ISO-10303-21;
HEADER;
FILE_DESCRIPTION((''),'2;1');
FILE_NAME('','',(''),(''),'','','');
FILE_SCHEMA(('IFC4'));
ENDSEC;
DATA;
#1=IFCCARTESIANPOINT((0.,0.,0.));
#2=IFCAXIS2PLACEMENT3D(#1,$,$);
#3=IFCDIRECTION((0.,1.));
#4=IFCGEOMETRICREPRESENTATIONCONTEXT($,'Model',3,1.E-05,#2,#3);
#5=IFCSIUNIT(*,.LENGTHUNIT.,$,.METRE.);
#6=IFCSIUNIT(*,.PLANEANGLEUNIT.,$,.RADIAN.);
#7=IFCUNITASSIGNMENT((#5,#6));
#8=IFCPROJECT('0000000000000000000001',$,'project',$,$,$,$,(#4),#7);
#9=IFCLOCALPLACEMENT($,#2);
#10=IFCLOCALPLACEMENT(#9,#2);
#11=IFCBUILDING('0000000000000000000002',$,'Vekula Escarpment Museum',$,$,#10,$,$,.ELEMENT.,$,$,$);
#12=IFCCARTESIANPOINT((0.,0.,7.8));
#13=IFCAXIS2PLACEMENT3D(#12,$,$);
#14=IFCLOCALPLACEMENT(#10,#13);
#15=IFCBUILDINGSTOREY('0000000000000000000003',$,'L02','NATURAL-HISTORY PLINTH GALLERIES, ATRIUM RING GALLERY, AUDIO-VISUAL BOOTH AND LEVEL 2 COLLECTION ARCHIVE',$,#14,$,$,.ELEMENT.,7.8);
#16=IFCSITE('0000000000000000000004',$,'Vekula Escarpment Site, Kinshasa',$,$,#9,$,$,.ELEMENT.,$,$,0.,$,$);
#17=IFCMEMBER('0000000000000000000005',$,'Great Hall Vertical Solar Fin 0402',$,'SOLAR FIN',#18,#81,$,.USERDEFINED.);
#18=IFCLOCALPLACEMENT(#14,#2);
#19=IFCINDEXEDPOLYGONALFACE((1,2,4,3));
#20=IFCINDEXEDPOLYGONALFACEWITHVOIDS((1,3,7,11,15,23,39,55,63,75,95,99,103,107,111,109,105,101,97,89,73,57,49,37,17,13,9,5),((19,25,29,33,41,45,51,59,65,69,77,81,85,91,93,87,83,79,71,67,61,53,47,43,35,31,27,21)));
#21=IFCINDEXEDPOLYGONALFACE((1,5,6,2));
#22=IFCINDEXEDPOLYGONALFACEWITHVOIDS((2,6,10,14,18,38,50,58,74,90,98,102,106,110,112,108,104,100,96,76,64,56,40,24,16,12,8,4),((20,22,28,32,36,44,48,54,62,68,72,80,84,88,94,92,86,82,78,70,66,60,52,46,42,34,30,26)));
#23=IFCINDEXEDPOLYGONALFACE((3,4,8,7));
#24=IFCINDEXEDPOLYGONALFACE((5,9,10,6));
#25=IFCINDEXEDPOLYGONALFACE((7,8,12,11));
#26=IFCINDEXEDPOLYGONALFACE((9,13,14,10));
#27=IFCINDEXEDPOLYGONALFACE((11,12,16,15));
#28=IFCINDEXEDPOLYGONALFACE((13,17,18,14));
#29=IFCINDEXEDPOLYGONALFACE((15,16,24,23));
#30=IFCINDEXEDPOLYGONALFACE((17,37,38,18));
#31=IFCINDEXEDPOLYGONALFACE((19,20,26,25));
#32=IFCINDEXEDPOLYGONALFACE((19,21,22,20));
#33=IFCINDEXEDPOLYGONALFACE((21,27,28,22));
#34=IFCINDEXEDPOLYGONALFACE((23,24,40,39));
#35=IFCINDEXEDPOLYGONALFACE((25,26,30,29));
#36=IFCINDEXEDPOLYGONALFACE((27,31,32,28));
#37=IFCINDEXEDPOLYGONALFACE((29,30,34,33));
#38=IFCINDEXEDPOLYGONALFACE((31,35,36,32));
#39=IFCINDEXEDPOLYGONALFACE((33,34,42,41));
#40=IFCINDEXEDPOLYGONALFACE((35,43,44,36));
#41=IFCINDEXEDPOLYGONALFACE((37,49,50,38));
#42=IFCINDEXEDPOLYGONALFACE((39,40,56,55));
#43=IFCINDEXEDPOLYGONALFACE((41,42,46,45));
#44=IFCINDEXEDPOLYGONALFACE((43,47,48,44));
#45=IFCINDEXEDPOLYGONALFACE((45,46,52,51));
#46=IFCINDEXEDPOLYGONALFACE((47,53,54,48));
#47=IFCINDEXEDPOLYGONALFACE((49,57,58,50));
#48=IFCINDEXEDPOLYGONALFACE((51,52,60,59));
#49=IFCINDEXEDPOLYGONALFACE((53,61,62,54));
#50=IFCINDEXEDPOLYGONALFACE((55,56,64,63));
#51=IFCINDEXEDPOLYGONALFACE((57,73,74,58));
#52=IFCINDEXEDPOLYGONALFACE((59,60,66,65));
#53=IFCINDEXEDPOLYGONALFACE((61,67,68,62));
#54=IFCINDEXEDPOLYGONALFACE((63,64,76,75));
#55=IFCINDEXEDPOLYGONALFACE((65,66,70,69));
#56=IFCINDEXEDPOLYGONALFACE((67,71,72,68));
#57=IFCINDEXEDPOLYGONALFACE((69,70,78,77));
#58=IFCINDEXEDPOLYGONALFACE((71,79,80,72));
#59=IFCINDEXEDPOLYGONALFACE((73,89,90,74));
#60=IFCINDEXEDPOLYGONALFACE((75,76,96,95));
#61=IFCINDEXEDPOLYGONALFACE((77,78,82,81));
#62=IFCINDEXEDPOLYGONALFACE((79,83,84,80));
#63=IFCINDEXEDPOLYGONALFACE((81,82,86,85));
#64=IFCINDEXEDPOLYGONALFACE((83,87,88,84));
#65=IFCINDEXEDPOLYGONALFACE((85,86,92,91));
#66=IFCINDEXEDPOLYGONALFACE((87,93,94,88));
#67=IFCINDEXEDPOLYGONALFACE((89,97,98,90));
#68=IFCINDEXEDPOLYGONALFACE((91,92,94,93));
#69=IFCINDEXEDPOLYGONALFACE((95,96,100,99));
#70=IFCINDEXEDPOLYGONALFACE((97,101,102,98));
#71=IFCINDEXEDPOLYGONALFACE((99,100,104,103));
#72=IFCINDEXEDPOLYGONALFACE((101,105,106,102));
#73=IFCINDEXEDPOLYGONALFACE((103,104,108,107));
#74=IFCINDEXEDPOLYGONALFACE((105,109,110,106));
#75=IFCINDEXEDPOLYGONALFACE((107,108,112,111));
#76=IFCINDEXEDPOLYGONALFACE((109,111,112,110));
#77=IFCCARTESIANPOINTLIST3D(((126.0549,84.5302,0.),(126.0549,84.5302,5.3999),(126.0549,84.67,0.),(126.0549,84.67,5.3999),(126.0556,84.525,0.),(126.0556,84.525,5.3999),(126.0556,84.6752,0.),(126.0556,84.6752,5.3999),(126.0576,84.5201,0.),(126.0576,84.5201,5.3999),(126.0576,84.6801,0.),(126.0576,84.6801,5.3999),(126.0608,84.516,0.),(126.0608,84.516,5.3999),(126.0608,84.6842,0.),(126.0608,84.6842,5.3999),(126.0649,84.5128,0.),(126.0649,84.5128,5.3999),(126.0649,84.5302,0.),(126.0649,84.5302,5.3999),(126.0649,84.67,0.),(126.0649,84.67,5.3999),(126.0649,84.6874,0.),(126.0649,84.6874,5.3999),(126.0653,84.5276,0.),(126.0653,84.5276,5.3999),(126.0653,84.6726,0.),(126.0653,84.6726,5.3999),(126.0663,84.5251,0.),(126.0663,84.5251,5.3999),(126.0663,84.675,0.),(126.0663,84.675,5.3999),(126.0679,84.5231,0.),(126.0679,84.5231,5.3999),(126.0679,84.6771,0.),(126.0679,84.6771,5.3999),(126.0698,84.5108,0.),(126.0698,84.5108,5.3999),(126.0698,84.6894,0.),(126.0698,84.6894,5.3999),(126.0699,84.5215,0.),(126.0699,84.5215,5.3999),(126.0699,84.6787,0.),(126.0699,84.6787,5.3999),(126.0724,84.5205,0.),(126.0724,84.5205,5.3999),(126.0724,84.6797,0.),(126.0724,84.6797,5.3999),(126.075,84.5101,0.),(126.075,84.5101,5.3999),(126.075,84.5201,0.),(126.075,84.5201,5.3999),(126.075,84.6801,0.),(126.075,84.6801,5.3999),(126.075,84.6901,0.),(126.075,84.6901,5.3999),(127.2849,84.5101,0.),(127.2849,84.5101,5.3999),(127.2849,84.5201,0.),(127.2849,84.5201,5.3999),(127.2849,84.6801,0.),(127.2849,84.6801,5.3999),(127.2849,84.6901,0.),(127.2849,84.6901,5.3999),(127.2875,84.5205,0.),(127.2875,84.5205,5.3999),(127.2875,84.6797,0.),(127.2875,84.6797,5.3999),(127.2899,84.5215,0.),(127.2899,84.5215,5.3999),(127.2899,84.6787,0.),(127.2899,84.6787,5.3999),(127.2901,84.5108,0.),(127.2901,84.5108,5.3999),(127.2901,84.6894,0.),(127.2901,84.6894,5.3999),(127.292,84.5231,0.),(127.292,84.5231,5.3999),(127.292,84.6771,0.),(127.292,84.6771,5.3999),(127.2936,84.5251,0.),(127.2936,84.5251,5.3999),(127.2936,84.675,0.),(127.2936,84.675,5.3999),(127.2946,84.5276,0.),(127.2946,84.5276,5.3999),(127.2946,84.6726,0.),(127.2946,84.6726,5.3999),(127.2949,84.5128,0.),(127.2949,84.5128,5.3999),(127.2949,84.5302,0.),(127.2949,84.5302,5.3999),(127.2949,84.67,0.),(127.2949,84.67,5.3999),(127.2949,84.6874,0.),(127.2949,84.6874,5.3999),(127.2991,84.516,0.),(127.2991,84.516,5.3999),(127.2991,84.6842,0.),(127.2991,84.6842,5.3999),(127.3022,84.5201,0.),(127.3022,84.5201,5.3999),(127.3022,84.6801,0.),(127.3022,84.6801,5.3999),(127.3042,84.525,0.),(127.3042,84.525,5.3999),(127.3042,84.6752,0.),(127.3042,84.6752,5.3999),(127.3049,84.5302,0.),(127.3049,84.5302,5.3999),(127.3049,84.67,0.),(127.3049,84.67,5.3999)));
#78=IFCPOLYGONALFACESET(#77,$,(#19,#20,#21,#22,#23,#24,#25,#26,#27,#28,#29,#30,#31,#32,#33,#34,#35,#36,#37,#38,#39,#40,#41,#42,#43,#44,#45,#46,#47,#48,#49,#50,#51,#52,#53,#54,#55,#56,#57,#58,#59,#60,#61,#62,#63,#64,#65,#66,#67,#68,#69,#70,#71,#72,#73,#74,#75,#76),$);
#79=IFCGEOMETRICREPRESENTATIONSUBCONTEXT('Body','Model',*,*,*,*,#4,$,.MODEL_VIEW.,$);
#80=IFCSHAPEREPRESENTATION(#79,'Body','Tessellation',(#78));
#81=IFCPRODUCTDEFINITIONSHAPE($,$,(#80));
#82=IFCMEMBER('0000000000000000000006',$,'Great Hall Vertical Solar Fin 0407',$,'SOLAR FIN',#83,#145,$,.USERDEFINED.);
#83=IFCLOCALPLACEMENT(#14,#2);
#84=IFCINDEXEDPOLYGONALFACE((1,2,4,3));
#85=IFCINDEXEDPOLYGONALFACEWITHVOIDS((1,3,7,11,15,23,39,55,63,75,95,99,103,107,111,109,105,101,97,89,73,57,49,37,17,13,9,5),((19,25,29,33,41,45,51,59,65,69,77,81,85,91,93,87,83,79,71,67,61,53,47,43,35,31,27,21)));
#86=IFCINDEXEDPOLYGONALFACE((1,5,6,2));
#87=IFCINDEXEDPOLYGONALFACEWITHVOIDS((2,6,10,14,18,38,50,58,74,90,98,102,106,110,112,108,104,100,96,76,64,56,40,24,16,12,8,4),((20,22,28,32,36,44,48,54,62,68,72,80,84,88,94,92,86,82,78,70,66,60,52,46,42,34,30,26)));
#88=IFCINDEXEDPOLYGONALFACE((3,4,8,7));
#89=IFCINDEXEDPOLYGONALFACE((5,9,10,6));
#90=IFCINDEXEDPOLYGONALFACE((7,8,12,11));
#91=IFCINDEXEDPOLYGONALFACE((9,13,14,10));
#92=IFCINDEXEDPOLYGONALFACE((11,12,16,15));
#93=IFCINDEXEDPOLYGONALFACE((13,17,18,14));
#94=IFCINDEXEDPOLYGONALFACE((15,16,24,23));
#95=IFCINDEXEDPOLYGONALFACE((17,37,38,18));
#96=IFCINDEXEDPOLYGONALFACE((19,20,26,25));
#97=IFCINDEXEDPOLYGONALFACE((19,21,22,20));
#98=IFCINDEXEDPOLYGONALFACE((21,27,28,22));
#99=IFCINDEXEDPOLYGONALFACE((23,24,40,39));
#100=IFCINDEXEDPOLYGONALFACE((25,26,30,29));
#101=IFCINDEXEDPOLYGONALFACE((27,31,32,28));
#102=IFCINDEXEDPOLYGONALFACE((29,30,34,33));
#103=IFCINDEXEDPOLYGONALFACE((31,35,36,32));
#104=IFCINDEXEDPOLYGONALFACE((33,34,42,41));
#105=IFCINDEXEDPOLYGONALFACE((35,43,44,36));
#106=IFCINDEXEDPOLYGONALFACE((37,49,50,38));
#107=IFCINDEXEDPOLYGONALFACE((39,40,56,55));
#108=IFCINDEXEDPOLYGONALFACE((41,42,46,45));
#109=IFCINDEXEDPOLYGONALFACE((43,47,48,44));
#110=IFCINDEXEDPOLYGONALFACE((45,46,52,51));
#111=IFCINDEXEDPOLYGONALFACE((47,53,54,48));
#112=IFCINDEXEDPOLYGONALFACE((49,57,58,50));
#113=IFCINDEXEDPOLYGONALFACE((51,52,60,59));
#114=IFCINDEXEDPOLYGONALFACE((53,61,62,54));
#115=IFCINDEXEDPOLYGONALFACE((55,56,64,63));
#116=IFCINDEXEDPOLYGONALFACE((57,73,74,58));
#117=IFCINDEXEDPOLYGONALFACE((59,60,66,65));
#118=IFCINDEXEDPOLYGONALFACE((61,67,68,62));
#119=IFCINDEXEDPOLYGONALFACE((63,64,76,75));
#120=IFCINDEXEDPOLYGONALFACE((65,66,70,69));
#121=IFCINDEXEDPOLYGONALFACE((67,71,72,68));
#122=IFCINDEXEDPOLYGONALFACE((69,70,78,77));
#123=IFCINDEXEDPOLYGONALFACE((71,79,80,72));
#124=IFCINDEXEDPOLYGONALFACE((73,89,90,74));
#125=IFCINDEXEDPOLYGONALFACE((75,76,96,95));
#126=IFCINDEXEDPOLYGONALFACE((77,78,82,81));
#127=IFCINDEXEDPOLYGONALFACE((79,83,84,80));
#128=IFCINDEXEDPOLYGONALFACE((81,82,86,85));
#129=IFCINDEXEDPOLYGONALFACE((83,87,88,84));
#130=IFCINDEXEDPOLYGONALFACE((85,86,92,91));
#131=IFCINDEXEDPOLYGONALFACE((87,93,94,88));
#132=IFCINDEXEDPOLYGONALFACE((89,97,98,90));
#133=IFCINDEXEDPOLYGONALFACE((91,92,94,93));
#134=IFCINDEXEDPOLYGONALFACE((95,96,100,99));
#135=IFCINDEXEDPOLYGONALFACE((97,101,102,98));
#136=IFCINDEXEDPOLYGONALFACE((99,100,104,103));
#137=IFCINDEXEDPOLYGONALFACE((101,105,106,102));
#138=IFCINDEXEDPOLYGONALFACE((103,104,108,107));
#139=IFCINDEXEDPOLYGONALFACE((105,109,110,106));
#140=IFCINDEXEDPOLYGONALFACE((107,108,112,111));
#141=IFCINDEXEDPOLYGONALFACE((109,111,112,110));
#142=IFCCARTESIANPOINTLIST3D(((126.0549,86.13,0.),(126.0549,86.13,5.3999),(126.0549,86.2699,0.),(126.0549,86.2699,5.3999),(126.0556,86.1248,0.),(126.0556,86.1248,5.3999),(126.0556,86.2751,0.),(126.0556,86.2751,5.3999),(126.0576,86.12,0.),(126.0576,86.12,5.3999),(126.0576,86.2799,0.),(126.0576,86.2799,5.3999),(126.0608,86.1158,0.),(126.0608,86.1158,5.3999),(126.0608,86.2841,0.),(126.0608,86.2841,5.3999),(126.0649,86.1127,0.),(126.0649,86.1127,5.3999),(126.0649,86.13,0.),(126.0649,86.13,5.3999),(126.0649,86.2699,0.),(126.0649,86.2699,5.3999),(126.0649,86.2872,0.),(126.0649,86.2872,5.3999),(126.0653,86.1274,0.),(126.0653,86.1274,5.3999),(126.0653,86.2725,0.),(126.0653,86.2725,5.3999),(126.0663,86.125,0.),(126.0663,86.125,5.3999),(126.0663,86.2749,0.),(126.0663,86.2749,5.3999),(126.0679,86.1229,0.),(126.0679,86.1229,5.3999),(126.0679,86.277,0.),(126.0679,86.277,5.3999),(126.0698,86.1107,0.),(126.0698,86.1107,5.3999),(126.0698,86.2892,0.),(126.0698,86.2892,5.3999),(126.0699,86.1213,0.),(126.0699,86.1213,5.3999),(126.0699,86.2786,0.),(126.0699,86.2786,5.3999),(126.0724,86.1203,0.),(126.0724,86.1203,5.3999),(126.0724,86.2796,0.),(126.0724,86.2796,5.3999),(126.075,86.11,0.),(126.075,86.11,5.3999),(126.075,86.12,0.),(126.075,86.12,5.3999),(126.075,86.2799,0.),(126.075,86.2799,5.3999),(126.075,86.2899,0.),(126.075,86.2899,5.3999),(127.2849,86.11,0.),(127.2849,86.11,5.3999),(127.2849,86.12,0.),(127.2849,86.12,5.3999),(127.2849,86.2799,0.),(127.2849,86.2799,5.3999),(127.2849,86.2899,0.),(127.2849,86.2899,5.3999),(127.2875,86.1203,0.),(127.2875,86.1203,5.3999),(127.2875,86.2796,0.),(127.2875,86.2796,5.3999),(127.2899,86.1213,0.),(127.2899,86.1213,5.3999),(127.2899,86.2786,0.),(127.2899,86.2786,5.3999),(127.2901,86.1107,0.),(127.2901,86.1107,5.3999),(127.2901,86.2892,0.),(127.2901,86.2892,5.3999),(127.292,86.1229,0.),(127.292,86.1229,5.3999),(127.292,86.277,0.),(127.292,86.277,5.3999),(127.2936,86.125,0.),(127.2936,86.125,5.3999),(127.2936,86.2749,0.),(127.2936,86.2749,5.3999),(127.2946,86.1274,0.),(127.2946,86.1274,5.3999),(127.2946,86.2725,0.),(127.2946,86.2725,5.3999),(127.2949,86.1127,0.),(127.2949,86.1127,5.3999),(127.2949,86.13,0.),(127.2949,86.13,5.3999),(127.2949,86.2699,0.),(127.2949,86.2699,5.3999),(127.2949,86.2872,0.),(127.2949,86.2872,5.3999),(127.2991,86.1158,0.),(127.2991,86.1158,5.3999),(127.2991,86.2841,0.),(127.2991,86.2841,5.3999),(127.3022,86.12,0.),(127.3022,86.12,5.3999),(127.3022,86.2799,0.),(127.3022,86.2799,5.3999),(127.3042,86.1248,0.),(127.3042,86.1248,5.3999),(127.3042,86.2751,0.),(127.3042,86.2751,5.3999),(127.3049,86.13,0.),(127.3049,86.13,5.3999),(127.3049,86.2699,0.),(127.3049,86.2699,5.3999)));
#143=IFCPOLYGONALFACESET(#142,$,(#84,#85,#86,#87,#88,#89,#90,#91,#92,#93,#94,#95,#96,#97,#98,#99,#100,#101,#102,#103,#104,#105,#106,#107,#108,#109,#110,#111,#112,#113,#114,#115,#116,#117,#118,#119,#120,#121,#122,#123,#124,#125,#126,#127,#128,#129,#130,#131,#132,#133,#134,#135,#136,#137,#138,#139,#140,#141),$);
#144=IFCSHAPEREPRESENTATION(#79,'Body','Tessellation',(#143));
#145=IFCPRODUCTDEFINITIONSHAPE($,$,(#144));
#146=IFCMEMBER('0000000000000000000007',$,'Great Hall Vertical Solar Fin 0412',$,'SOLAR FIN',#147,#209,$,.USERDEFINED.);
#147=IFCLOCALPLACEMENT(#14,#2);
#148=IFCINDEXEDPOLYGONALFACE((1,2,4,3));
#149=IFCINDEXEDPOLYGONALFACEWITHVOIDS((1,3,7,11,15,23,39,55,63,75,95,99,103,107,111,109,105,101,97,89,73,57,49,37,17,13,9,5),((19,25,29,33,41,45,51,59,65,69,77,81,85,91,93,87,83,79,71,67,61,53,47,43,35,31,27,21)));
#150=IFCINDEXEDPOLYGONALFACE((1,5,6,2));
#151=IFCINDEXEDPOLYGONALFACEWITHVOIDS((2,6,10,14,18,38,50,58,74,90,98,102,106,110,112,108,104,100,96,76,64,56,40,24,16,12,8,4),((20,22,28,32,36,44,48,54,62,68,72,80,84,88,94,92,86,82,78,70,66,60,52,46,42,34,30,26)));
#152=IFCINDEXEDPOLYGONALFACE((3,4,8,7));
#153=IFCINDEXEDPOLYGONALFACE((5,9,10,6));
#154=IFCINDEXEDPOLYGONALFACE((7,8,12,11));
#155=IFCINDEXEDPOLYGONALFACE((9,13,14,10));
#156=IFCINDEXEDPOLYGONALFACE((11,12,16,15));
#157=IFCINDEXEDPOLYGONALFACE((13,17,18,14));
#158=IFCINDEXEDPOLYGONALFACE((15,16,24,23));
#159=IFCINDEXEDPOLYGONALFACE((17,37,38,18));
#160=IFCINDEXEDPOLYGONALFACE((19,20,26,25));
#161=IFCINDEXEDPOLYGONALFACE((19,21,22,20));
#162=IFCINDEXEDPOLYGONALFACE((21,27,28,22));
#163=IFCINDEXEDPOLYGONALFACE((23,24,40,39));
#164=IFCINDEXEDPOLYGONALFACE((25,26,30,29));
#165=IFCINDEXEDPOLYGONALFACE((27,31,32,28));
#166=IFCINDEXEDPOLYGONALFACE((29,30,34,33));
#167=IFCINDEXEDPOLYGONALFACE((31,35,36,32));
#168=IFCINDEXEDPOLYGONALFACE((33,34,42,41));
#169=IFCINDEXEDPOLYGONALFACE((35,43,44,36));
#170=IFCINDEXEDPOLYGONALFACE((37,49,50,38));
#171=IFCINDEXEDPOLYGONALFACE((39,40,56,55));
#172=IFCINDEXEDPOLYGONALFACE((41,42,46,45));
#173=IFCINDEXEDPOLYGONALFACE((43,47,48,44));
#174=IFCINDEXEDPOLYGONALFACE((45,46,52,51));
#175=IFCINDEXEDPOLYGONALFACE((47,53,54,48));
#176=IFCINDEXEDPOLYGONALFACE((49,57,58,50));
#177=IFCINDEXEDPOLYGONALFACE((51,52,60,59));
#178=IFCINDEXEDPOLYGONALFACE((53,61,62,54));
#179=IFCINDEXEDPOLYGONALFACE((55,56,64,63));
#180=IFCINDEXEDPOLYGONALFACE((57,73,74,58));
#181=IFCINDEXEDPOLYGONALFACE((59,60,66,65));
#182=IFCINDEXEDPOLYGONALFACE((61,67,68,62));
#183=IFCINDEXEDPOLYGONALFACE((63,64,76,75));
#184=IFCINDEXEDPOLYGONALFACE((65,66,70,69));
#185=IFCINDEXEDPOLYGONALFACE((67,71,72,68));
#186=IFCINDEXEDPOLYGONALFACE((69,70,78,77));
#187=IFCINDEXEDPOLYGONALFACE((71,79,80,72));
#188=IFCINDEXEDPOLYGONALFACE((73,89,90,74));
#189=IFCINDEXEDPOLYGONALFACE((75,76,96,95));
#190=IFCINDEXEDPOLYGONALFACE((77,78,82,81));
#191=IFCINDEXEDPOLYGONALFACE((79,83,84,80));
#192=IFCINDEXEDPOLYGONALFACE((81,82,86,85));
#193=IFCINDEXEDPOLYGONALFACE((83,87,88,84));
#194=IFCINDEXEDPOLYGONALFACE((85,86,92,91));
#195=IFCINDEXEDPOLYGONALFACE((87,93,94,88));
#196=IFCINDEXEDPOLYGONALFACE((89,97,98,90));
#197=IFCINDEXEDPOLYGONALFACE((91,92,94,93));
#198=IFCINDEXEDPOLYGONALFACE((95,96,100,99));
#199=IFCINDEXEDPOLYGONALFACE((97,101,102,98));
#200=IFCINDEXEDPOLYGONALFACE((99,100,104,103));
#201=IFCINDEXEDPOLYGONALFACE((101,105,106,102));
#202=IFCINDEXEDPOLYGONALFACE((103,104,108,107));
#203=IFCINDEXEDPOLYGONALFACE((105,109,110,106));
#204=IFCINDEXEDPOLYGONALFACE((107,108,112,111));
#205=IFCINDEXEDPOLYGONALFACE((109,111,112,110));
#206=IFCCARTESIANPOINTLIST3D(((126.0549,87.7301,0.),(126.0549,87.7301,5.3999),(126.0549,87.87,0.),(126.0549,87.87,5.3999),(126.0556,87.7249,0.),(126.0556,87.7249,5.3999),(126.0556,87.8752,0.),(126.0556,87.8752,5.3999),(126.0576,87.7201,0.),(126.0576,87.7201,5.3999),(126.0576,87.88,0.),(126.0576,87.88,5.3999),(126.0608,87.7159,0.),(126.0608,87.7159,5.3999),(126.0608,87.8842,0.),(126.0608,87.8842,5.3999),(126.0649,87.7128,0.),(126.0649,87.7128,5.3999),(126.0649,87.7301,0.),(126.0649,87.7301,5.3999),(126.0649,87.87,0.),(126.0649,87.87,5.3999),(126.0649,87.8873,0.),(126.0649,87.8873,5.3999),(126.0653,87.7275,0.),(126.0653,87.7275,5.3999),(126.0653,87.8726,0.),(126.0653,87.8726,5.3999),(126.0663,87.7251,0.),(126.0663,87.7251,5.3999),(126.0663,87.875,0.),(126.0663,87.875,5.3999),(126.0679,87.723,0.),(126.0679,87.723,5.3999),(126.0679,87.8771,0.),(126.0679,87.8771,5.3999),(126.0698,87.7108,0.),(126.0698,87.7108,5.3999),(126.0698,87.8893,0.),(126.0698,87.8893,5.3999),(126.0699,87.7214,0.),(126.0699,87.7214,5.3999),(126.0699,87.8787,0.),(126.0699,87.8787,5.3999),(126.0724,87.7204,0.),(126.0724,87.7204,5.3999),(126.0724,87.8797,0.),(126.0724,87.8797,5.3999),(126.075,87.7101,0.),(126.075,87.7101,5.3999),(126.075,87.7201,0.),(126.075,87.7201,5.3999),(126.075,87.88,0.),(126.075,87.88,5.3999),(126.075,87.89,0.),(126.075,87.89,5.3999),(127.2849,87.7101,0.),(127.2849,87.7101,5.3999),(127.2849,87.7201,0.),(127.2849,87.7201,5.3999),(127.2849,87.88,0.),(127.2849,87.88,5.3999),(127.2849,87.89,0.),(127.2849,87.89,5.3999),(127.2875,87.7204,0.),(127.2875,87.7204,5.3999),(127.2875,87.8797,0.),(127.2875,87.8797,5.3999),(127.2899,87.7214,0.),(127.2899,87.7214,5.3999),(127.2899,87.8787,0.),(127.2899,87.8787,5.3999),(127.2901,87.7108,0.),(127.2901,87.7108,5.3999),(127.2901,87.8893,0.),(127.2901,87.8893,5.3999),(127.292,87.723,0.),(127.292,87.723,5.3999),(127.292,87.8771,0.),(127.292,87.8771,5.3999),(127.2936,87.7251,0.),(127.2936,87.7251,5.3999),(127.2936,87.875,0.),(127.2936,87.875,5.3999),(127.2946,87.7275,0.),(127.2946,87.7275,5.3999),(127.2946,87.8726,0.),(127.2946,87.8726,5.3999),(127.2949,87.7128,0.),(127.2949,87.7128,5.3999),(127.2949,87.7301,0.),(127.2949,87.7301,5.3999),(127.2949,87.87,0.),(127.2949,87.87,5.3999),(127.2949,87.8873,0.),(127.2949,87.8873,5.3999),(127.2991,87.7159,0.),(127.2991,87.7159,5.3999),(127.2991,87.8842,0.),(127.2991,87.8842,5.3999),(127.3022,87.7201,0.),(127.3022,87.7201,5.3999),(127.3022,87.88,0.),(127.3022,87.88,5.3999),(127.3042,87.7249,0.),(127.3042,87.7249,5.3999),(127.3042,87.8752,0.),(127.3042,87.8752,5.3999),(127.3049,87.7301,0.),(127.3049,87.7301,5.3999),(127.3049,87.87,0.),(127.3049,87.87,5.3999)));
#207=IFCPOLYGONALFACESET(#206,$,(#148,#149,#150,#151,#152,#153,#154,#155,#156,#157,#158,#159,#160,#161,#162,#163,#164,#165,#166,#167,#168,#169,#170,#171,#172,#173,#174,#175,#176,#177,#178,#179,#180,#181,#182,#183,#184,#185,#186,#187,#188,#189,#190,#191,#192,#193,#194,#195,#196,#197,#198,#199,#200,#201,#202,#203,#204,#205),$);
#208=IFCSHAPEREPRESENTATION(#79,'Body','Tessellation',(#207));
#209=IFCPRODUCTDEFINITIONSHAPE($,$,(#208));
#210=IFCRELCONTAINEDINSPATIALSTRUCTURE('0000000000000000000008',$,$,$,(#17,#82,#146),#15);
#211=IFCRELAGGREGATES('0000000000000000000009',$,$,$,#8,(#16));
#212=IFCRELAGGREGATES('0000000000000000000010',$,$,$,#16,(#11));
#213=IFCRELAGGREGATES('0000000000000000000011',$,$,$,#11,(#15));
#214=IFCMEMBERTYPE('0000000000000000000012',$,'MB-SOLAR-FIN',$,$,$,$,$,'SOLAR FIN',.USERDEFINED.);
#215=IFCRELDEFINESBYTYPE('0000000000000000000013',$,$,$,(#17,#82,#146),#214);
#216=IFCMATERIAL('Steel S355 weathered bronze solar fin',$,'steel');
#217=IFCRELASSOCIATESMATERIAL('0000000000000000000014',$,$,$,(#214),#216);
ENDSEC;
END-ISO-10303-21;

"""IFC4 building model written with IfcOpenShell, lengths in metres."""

from ifc_helpers import new_model, si_unit, direction, frame, origin, origin_2d, place, context, subcontext, project, spatial, hollow_rectangle, extrude, material, material_profile, profile_set, type_object, element, save


model = new_model("IFC4")

# Units and contexts
model_context = context("Model", 3, precision=1e-05, world=origin(), true_north=direction((0.0, 1.0)))
body_context = subcontext(model_context, "Body", "Model", "MODEL_VIEW")
ifc_project = project(units=[si_unit("LENGTHUNIT", "METRE"), si_unit("PLANEANGLEUNIT", "RADIAN")], contexts=[model_context])

# Site, building, storey
site_placement = place(None, origin())
site = spatial("IfcSite", under=ifc_project, at=site_placement, Name="Vekula Escarpment Site, Kinshasa", CompositionType="ELEMENT", RefElevation=0.0)
building_placement = place(site_placement, origin())
building = spatial("IfcBuilding", under=site, at=building_placement, Name="Vekula Escarpment Museum", CompositionType="ELEMENT")
storey_placement = place(building_placement, frame((0.0, 0.0, 7.8)))
storey = spatial("IfcBuildingStorey", under=building, at=storey_placement, Name="L02", Description="NATURAL-HISTORY PLINTH GALLERIES, ATRIUM RING GALLERY, AUDIO-VISUAL BOOTH AND LEVEL 2 COLLECTION ARCHIVE", CompositionType="ELEMENT", Elevation=7.8)

# Members
ifc_material_1 = material(Name="Steel S355 weathered bronze solar fin", Category="steel")
ifc_material_profile_1 = material_profile(ifc_material_1, hollow_rectangle(XDim=0.1799, YDim=1.25, WallThickness=0.01, InnerFilletRadius=0.01, OuterFilletRadius=0.02, at=origin_2d()), Name="RHS 1250x180x10")
ifc_profile_set_1 = profile_set([ifc_material_profile_1], Name="Steel S355 weathered bronze solar fin")
member_type_1 = type_object("IfcMemberType", Name="MB-SOLAR-FIN", ElementType="SOLAR FIN", PredefinedType="USERDEFINED", material=ifc_profile_set_1)
for number, where, z_axis, x_axis, name in (
    (1, (126.6799, 84.6001, 0.0), (0.0, 0.0, 1.0), (0.0, 1.0, 0.0), "Great Hall Vertical Solar Fin 0402"),
    (2, (126.6799, 86.2, 0.0), (0.0, 0.0, 1.0), (0.0, 1.0, 0.0), "Great Hall Vertical Solar Fin 0407"),
    (3, (126.6799, 87.8, 0.0), (0.0, 0.0, 1.0), (0.0, 1.0, 0.0), "Great Hall Vertical Solar Fin 0412"),
):
    element("IfcMember", number, at=place(storey_placement, frame(where, z_axis=z_axis, x_axis=x_axis)), inside=storey, type_object=member_type_1, Name=name, ObjectType="SOLAR FIN", PredefinedType="USERDEFINED", context=body_context, shape_type="SweptSolid", body=[
        extrude(hollow_rectangle(XDim=0.1799, YDim=1.25, WallThickness=0.01, InnerFilletRadius=0.01, OuterFilletRadius=0.02, at=origin_2d()), origin(), (0.0, 0.0, 1.0), 5.3999),
    ])

save(model, "model.ifc")
